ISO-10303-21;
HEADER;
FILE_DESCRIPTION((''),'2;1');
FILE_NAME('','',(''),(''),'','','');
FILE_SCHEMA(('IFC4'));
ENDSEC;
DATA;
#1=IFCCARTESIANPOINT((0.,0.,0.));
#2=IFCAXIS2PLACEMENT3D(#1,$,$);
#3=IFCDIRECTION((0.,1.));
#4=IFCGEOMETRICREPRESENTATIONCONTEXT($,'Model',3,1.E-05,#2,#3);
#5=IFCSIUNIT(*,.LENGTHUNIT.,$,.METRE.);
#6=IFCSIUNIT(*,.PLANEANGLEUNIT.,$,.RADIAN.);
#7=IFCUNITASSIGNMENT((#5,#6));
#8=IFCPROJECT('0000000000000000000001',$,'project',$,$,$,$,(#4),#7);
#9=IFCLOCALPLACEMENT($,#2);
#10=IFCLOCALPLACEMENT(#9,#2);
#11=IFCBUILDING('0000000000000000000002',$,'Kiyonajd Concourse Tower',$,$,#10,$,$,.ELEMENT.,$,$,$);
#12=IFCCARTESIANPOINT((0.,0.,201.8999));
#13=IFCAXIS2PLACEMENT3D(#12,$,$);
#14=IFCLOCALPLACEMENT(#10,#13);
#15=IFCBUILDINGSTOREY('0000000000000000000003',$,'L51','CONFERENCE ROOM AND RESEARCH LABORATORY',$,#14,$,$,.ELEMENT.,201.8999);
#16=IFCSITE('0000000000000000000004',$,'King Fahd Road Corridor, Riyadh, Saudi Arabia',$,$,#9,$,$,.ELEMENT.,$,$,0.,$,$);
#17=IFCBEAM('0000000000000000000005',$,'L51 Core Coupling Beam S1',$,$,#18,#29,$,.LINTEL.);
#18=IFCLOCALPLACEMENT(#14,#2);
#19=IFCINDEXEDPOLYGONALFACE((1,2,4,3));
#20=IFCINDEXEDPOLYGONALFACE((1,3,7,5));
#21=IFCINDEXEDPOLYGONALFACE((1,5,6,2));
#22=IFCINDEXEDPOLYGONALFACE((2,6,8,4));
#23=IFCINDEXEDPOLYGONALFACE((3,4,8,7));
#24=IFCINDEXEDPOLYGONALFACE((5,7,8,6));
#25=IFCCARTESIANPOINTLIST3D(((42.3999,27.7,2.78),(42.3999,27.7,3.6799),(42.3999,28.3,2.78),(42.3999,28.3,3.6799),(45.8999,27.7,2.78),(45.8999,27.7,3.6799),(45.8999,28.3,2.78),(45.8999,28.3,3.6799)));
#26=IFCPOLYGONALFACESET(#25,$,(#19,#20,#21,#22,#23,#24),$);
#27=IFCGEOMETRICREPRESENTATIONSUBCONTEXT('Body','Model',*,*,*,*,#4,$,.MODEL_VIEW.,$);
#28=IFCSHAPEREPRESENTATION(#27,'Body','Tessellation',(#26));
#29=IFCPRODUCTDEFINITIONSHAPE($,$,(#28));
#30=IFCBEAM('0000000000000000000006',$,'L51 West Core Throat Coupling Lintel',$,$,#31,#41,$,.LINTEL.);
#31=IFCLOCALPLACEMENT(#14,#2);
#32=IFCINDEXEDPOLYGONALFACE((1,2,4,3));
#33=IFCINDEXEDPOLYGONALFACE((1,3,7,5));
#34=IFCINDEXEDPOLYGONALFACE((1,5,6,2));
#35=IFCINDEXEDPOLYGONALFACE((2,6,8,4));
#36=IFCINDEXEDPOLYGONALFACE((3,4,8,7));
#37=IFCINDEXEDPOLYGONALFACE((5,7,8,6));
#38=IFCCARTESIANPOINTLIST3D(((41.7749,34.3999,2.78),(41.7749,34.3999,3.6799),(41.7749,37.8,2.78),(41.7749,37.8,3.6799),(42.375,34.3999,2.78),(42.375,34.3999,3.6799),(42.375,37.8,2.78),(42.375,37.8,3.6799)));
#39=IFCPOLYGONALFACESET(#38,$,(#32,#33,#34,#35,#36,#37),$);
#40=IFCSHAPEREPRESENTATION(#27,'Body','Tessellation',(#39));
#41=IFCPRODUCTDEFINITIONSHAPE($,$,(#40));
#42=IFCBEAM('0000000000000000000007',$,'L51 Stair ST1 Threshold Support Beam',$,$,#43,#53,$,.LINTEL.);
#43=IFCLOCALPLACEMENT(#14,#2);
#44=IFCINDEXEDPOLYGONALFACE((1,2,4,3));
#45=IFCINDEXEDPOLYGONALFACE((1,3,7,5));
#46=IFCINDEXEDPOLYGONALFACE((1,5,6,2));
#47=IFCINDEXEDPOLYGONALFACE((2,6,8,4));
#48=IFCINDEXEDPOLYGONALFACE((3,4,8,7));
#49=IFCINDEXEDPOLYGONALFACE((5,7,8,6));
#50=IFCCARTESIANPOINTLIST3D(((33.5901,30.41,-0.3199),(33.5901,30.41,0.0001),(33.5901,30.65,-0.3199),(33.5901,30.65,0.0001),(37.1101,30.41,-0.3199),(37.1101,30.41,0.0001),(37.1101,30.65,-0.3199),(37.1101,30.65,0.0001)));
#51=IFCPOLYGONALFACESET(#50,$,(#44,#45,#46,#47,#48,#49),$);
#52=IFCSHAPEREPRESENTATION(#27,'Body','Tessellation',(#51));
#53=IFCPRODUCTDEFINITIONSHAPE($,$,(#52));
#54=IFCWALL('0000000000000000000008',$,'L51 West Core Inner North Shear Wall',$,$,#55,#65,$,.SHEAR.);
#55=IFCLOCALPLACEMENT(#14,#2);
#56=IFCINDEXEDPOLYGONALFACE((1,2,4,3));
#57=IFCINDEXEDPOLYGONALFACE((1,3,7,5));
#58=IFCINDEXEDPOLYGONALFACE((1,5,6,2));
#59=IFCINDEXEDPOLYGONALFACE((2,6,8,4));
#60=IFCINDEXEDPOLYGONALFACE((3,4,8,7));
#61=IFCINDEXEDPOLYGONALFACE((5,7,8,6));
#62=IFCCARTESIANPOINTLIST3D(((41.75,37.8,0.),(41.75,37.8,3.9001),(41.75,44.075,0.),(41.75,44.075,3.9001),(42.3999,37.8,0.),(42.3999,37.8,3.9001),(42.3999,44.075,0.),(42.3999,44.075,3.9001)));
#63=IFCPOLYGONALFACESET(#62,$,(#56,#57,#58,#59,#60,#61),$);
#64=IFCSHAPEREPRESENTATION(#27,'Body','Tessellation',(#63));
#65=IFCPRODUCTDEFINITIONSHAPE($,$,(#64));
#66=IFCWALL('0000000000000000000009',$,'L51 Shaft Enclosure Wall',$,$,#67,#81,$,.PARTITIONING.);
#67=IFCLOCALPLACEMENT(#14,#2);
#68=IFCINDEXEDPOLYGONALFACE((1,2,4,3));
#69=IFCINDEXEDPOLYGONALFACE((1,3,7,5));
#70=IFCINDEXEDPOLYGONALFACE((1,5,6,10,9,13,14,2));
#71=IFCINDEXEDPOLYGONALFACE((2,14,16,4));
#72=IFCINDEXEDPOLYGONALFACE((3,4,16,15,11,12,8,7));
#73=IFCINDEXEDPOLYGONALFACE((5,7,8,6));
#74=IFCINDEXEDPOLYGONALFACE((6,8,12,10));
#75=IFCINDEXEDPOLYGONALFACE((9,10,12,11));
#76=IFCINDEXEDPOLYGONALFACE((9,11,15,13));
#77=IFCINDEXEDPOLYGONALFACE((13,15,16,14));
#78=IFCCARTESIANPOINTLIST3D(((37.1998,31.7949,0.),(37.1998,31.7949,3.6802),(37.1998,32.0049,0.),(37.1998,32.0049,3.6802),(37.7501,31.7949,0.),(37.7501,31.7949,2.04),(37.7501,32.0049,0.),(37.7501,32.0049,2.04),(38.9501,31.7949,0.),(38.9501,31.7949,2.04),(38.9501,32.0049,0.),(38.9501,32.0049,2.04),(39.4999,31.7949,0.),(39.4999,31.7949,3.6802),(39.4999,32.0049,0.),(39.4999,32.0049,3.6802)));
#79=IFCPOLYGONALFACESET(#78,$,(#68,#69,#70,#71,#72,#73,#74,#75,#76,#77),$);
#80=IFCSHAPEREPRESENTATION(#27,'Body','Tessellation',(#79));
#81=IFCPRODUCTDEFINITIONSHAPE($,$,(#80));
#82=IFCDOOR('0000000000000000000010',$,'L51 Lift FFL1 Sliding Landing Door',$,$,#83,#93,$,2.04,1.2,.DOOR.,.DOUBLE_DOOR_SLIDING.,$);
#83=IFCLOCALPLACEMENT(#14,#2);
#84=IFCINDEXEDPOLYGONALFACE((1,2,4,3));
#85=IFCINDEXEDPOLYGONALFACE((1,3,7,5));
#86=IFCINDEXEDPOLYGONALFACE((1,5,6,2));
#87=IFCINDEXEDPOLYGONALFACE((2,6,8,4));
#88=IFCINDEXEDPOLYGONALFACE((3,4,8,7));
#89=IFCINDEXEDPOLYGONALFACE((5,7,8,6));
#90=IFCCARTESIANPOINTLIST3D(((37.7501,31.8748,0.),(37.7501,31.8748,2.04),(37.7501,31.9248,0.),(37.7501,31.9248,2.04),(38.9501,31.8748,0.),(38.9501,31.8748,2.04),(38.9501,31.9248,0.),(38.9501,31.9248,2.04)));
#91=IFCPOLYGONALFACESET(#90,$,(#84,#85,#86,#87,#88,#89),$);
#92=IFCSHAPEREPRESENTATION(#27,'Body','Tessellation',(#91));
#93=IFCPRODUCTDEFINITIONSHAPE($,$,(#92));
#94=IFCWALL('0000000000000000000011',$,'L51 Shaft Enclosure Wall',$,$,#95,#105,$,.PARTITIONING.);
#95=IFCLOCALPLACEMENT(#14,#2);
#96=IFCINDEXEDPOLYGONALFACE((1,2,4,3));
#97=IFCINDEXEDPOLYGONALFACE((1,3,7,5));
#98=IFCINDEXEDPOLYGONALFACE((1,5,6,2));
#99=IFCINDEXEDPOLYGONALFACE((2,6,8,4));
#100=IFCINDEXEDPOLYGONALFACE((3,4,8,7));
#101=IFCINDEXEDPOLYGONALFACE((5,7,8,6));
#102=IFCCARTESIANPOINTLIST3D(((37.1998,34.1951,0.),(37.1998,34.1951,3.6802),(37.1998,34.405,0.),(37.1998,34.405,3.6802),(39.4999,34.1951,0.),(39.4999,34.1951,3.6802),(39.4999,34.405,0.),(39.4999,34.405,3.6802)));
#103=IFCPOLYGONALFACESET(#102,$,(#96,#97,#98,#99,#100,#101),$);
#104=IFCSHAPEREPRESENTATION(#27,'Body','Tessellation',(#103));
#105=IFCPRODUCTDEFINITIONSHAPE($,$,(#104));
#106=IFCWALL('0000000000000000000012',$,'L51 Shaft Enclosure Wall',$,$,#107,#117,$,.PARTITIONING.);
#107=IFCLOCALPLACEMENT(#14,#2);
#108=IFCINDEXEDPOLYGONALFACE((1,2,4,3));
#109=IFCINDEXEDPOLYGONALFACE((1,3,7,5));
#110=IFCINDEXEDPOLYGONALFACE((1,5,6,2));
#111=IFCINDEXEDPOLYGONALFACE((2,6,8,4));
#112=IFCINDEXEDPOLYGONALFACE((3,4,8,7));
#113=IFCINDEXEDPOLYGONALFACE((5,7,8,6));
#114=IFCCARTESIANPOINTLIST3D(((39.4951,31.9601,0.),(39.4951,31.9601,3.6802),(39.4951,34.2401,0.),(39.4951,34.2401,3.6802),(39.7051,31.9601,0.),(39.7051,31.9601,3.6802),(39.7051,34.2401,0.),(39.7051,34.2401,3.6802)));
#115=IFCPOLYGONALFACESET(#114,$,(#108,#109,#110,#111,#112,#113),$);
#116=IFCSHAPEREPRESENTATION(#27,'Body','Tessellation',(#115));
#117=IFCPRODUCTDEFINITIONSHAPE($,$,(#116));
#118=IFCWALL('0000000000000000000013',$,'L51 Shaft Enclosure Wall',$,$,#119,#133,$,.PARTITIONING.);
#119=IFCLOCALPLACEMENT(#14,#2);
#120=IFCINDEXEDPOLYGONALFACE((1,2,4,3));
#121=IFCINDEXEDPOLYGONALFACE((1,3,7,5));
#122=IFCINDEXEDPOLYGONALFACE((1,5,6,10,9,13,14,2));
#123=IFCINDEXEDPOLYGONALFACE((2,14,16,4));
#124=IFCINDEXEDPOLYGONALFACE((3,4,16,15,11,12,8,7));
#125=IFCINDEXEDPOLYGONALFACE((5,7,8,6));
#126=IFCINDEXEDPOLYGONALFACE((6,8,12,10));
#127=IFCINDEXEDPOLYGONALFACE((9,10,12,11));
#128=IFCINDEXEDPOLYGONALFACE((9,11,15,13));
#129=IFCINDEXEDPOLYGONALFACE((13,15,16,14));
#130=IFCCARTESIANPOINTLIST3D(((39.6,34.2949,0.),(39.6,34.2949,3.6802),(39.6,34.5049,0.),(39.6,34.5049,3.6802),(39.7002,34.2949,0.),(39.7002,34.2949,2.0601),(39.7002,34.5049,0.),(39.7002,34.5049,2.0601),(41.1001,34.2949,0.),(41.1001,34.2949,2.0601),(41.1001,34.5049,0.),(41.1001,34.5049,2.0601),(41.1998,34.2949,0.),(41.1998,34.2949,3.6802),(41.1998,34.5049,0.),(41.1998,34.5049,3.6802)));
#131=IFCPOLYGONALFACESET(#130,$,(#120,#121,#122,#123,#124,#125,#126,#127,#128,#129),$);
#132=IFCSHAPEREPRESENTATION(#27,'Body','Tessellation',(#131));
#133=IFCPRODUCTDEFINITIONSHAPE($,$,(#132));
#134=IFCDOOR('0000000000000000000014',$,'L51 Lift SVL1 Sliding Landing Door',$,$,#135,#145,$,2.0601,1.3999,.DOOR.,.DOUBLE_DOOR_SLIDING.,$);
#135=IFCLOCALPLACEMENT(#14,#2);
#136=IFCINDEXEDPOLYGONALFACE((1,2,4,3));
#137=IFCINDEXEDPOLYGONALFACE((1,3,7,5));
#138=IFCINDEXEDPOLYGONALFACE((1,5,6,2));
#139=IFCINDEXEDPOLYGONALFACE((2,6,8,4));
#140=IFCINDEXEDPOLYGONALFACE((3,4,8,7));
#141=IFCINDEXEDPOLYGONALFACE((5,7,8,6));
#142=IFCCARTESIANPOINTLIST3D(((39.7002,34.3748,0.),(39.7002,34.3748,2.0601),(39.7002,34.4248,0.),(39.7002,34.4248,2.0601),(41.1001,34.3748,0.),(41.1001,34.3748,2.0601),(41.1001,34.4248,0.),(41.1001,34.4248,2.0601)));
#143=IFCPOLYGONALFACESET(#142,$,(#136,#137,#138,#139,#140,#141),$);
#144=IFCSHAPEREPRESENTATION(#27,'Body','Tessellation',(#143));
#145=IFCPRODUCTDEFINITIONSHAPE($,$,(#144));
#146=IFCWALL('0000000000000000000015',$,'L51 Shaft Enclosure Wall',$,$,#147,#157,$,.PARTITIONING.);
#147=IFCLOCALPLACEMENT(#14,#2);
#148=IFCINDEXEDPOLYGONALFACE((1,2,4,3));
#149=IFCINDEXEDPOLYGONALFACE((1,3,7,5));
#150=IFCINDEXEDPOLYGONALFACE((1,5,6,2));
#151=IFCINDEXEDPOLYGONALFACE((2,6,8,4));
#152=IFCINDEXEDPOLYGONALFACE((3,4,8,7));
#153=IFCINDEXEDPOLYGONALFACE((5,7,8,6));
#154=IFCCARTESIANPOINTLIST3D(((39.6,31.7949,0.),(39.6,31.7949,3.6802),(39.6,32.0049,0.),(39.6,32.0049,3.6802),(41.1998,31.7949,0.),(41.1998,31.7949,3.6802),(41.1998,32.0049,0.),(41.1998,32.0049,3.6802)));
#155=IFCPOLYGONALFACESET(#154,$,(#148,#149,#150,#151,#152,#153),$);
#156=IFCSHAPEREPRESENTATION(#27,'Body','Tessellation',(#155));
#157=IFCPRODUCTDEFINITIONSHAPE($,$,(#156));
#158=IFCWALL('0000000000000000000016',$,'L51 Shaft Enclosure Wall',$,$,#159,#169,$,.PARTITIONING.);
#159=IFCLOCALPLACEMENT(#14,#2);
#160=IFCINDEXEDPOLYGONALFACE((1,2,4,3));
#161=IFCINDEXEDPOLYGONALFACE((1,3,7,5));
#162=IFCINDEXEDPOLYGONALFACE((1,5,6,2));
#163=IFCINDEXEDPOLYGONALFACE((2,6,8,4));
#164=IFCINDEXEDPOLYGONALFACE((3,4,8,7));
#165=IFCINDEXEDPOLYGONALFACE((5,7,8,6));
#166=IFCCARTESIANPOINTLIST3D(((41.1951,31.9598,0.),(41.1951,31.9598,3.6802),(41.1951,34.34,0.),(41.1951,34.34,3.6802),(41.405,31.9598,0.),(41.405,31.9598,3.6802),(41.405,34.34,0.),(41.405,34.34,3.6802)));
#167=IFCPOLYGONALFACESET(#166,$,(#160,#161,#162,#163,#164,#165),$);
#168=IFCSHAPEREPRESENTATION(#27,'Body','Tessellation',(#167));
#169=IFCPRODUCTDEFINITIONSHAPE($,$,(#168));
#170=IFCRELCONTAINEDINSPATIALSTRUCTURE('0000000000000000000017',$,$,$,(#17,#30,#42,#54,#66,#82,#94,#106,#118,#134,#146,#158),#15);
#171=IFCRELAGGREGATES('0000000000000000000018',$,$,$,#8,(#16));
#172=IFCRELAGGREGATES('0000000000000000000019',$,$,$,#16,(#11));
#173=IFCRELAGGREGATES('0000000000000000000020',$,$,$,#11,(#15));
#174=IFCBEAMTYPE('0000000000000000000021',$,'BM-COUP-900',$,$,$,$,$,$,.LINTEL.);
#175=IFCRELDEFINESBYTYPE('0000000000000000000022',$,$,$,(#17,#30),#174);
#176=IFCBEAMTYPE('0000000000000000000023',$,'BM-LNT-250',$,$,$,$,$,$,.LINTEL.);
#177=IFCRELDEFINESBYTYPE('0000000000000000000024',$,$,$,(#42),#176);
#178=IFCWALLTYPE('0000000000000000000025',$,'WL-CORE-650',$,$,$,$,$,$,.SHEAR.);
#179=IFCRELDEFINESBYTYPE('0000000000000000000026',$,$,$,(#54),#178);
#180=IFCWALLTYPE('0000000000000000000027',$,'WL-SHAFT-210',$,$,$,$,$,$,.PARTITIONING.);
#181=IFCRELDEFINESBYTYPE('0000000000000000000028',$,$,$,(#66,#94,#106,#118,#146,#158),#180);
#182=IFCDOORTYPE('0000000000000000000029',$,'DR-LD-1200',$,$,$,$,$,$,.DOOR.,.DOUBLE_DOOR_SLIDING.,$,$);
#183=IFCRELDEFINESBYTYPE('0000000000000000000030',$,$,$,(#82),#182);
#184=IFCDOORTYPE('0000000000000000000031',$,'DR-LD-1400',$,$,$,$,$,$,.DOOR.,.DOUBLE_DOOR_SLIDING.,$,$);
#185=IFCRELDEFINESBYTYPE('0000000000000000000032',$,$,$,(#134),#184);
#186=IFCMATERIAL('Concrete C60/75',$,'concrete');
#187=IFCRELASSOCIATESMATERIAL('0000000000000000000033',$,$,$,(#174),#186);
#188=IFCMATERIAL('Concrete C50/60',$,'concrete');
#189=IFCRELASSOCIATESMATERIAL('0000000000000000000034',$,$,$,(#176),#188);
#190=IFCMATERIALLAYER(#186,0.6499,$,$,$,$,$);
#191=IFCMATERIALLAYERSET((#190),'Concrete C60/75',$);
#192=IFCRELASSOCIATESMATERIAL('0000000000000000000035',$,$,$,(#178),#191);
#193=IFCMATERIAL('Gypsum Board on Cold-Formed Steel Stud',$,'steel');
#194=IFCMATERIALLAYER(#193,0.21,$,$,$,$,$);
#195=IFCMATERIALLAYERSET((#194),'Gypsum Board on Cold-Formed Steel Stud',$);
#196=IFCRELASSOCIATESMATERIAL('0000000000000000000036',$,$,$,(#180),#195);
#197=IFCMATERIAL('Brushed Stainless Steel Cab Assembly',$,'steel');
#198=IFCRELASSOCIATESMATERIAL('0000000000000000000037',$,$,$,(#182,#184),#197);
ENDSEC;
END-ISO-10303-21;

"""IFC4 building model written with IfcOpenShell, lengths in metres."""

from ifc_helpers import new_model, si_unit, direction, frame, frame_2d, origin, origin_2d, place, context, subcontext, project, spatial, rectangle, extrude, material, layer, layer_set, material_profile, profile_set, type_object, element, fill, save


model = new_model("IFC4")

# Units and contexts
model_context = context("Model", 3, precision=1e-05, world=origin(), true_north=direction((0.0, 1.0)))
body_context = subcontext(model_context, "Body", "Model", "MODEL_VIEW")
ifc_project = project(units=[si_unit("LENGTHUNIT", "METRE"), si_unit("PLANEANGLEUNIT", "RADIAN")], contexts=[model_context])

# Site, building, storey
site_placement = place(None, origin())
site = spatial("IfcSite", under=ifc_project, at=site_placement, Name="King Fahd Road Corridor, Riyadh, Saudi Arabia", CompositionType="ELEMENT", RefElevation=0.0)
building_placement = place(site_placement, origin())
building = spatial("IfcBuilding", under=site, at=building_placement, Name="Kiyonajd Concourse Tower", CompositionType="ELEMENT")
storey_placement = place(building_placement, frame((0.0, 0.0, 201.8999)))
storey = spatial("IfcBuildingStorey", under=building, at=storey_placement, Name="L51", Description="CONFERENCE ROOM AND RESEARCH LABORATORY", CompositionType="ELEMENT", Elevation=201.8999)

# Beams
ifc_material_1 = material(Name="Concrete C60/75", Category="concrete")
ifc_material_profile_1 = material_profile(ifc_material_1, rectangle(XDim=0.6001, YDim=0.8999, at=origin_2d()), Name="RCBM-600x900")
ifc_profile_set_1 = profile_set([ifc_material_profile_1], Name="Concrete C60/75")
beam_type_1 = type_object("IfcBeamType", Name="BM-COUP-900", PredefinedType="LINTEL", material=ifc_profile_set_1)
beam_1_placement = place(storey_placement, frame((42.3999, 28.0, 3.23), z_axis=(1.0, 0.0, 0.0), x_axis=(0.0, 1.0, 0.0)))
element("IfcBeam", 1, at=beam_1_placement, inside=storey, type_object=beam_type_1, Name="L51 Core Coupling Beam S1", PredefinedType="LINTEL", context=body_context, shape_type="SweptSolid", body=[
    extrude(rectangle(XDim=0.6001, YDim=0.8999, at=origin_2d()), origin(), (0.0, 0.0, 1.0), 3.5),
])
beam_2_placement = place(storey_placement, frame((42.075, 34.3999, 3.23), z_axis=(0.0, 1.0, 0.0), x_axis=(-1.0, 0.0, 0.0)))
element("IfcBeam", 2, at=beam_2_placement, inside=storey, type_object=beam_type_1, Name="L51 West Core Throat Coupling Lintel", PredefinedType="LINTEL", context=body_context, shape_type="SweptSolid", body=[
    extrude(rectangle(XDim=0.6001, YDim=0.8999, at=origin_2d()), origin(), (0.0, 0.0, 1.0), 3.4001),
])
ifc_material_2 = material(Name="Concrete C50/60", Category="concrete")
ifc_material_profile_2 = material_profile(ifc_material_2, rectangle(XDim=0.24, YDim=0.3201, at=origin_2d()), Name="RCBM-240x320")
ifc_profile_set_2 = profile_set([ifc_material_profile_2], Name="Concrete C50/60")
beam_type_2 = type_object("IfcBeamType", Name="BM-LNT-250", PredefinedType="LINTEL", material=ifc_profile_set_2)
beam_3_placement = place(storey_placement, frame((33.5901, 30.53, -0.1599), z_axis=(1.0, 0.0, 0.0), x_axis=(0.0, 1.0, 0.0)))
element("IfcBeam", 3, at=beam_3_placement, inside=storey, type_object=beam_type_2, Name="L51 Stair ST1 Threshold Support Beam", PredefinedType="LINTEL", context=body_context, shape_type="SweptSolid", body=[
    extrude(rectangle(XDim=0.24, YDim=0.3201, at=origin_2d()), origin(), (0.0, 0.0, 1.0), 3.52),
])

# Wall
ifc_layer_1 = layer(ifc_material_1, 0.6499)
ifc_layer_set_1 = layer_set([ifc_layer_1], Name="Concrete C60/75")
wall_type_1 = type_object("IfcWallType", Name="WL-CORE-650", PredefinedType="SHEAR", material=ifc_layer_set_1)
wall_1_placement = place(storey_placement, frame((42.075, 37.8, 0.0), z_axis=(0.0, 0.0, 1.0), x_axis=(0.0, 1.0, 0.0)))
element("IfcWall", 4, at=wall_1_placement, inside=storey, type_object=wall_type_1, Name="L51 West Core Inner North Shear Wall", PredefinedType="SHEAR", context=body_context, shape_type="SweptSolid", body=[
    extrude(rectangle(XDim=6.2749, YDim=0.6499, at=frame_2d((3.1375, 0.0))), origin(), (0.0, 0.0, 1.0), 3.9001),
])

# Wall, opening, door
ifc_material_3 = material(Name="Gypsum Board on Cold-Formed Steel Stud", Category="steel")
ifc_layer_2 = layer(ifc_material_3, 0.21)
ifc_layer_set_2 = layer_set([ifc_layer_2], Name="Gypsum Board on Cold-Formed Steel Stud")
wall_type_2 = type_object("IfcWallType", Name="WL-SHAFT-210", PredefinedType="PARTITIONING", material=ifc_layer_set_2)
wall_2_placement = place(storey_placement, frame((37.2, 31.8999, 0.0), z_axis=(0.0, 0.0, 1.0), x_axis=(1.0, 0.0, 0.0)))
wall_2 = element("IfcWall", 5, at=wall_2_placement, inside=storey, type_object=wall_type_2, Name="L51 Shaft Enclosure Wall", PredefinedType="PARTITIONING", context=body_context, shape_type="SweptSolid", body=[
    extrude(rectangle(XDim=2.3, YDim=0.21, at=frame_2d((1.1499, 0.0))), origin(), (0.0, 0.0, 1.0), 3.6802),
])
opening_1_placement = place(wall_2_placement, frame((0.55, 0.0, 0.0)))
opening_1 = element("IfcOpeningElement", 6, at=opening_1_placement, cuts=wall_2, PredefinedType="OPENING", context=body_context, shape_type="SweptSolid", body=[
    extrude(rectangle(XDim=1.2, YDim=2.04, at=frame_2d((0.6001, 1.02))), frame((0.0, 0.115, 0.0), z_axis=(0.0, -1.0, 0.0), x_axis=(1.0, 0.0, 0.0)), (0.0, 0.0, 1.0), 0.23),
])
ifc_material_4 = material(Name="Brushed Stainless Steel Cab Assembly", Category="steel")
door_type_1 = type_object("IfcDoorType", Name="DR-LD-1200", OperationType="DOUBLE_DOOR_SLIDING", PredefinedType="DOOR", material=ifc_material_4)
door_1_placement = place(opening_1_placement, origin())
door_1 = element("IfcDoor", 7, at=door_1_placement, inside=storey, type_object=door_type_1, Name="L51 Lift FFL1 Sliding Landing Door", OperationType="DOUBLE_DOOR_SLIDING", OverallHeight=2.04, OverallWidth=1.2, PredefinedType="DOOR", context=body_context, shape_type="SweptSolid", body=[
    extrude(rectangle(XDim=1.2, YDim=2.04, at=frame_2d((0.6001, 1.02))), frame((0.0, 0.0249, 0.0), z_axis=(0.0, -1.0, 0.0), x_axis=(1.0, 0.0, 0.0)), (0.0, 0.0, 1.0), 0.05),
])
fill(opening_1, door_1)

# Walls
wall_3_placement = place(storey_placement, frame((37.2, 34.3, 0.0), z_axis=(0.0, 0.0, 1.0), x_axis=(1.0, 0.0, 0.0)))
element("IfcWall", 8, at=wall_3_placement, inside=storey, type_object=wall_type_2, Name="L51 Shaft Enclosure Wall", PredefinedType="PARTITIONING", context=body_context, shape_type="SweptSolid", body=[
    extrude(rectangle(XDim=2.3, YDim=0.21, at=frame_2d((1.1499, 0.0))), origin(), (0.0, 0.0, 1.0), 3.6802),
])
wall_4_placement = place(storey_placement, frame((39.6001, 31.96, 0.0), z_axis=(0.0, 0.0, 1.0), x_axis=(0.0, 1.0, 0.0)))
element("IfcWall", 9, at=wall_4_placement, inside=storey, type_object=wall_type_2, Name="L51 Shaft Enclosure Wall", PredefinedType="PARTITIONING", context=body_context, shape_type="SweptSolid", body=[
    extrude(rectangle(XDim=2.28, YDim=0.21, at=frame_2d((1.1401, 0.0))), origin(), (0.0, 0.0, 1.0), 3.6802),
])

# Wall, opening, door
wall_5_placement = place(storey_placement, frame((39.6001, 34.3999, 0.0), z_axis=(0.0, 0.0, 1.0), x_axis=(1.0, 0.0, 0.0)))
wall_5 = element("IfcWall", 10, at=wall_5_placement, inside=storey, type_object=wall_type_2, Name="L51 Shaft Enclosure Wall", PredefinedType="PARTITIONING", context=body_context, shape_type="SweptSolid", body=[
    extrude(rectangle(XDim=1.5999, YDim=0.21, at=frame_2d((0.7998, 0.0))), origin(), (0.0, 0.0, 1.0), 3.6802),
])
opening_2_placement = place(wall_5_placement, frame((0.1001, 0.0, 0.0)))
opening_2 = element("IfcOpeningElement", 11, at=opening_2_placement, cuts=wall_5, PredefinedType="OPENING", context=body_context, shape_type="SweptSolid", body=[
    extrude(rectangle(XDim=1.3999, YDim=2.0601, at=frame_2d((0.7, 1.03))), frame((0.0, 0.115, 0.0), z_axis=(0.0, -1.0, 0.0), x_axis=(1.0, 0.0, 0.0)), (0.0, 0.0, 1.0), 0.23),
])
door_type_2 = type_object("IfcDoorType", Name="DR-LD-1400", OperationType="DOUBLE_DOOR_SLIDING", PredefinedType="DOOR", material=ifc_material_4)
door_2_placement = place(opening_2_placement, origin())
door_2 = element("IfcDoor", 12, at=door_2_placement, inside=storey, type_object=door_type_2, Name="L51 Lift SVL1 Sliding Landing Door", OperationType="DOUBLE_DOOR_SLIDING", OverallHeight=2.0601, OverallWidth=1.3999, PredefinedType="DOOR", context=body_context, shape_type="SweptSolid", body=[
    extrude(rectangle(XDim=1.3999, YDim=2.0601, at=frame_2d((0.7, 1.03))), frame((0.0, 0.0249, 0.0), z_axis=(0.0, -1.0, 0.0), x_axis=(1.0, 0.0, 0.0)), (0.0, 0.0, 1.0), 0.05),
])
fill(opening_2, door_2)

# Walls
wall_6_placement = place(storey_placement, frame((39.6001, 31.8999, 0.0), z_axis=(0.0, 0.0, 1.0), x_axis=(1.0, 0.0, 0.0)))
element("IfcWall", 13, at=wall_6_placement, inside=storey, type_object=wall_type_2, Name="L51 Shaft Enclosure Wall", PredefinedType="PARTITIONING", context=body_context, shape_type="SweptSolid", body=[
    extrude(rectangle(XDim=1.5999, YDim=0.21, at=frame_2d((0.7998, 0.0))), origin(), (0.0, 0.0, 1.0), 3.6802),
])
wall_7_placement = place(storey_placement, frame((41.3, 31.96, 0.0), z_axis=(0.0, 0.0, 1.0), x_axis=(0.0, 1.0, 0.0)))
element("IfcWall", 14, at=wall_7_placement, inside=storey, type_object=wall_type_2, Name="L51 Shaft Enclosure Wall", PredefinedType="PARTITIONING", context=body_context, shape_type="SweptSolid", body=[
    extrude(rectangle(XDim=2.3801, YDim=0.21, at=frame_2d((1.1899, 0.0))), origin(), (0.0, 0.0, 1.0), 3.6802),
])

save(model, "model.ifc")
